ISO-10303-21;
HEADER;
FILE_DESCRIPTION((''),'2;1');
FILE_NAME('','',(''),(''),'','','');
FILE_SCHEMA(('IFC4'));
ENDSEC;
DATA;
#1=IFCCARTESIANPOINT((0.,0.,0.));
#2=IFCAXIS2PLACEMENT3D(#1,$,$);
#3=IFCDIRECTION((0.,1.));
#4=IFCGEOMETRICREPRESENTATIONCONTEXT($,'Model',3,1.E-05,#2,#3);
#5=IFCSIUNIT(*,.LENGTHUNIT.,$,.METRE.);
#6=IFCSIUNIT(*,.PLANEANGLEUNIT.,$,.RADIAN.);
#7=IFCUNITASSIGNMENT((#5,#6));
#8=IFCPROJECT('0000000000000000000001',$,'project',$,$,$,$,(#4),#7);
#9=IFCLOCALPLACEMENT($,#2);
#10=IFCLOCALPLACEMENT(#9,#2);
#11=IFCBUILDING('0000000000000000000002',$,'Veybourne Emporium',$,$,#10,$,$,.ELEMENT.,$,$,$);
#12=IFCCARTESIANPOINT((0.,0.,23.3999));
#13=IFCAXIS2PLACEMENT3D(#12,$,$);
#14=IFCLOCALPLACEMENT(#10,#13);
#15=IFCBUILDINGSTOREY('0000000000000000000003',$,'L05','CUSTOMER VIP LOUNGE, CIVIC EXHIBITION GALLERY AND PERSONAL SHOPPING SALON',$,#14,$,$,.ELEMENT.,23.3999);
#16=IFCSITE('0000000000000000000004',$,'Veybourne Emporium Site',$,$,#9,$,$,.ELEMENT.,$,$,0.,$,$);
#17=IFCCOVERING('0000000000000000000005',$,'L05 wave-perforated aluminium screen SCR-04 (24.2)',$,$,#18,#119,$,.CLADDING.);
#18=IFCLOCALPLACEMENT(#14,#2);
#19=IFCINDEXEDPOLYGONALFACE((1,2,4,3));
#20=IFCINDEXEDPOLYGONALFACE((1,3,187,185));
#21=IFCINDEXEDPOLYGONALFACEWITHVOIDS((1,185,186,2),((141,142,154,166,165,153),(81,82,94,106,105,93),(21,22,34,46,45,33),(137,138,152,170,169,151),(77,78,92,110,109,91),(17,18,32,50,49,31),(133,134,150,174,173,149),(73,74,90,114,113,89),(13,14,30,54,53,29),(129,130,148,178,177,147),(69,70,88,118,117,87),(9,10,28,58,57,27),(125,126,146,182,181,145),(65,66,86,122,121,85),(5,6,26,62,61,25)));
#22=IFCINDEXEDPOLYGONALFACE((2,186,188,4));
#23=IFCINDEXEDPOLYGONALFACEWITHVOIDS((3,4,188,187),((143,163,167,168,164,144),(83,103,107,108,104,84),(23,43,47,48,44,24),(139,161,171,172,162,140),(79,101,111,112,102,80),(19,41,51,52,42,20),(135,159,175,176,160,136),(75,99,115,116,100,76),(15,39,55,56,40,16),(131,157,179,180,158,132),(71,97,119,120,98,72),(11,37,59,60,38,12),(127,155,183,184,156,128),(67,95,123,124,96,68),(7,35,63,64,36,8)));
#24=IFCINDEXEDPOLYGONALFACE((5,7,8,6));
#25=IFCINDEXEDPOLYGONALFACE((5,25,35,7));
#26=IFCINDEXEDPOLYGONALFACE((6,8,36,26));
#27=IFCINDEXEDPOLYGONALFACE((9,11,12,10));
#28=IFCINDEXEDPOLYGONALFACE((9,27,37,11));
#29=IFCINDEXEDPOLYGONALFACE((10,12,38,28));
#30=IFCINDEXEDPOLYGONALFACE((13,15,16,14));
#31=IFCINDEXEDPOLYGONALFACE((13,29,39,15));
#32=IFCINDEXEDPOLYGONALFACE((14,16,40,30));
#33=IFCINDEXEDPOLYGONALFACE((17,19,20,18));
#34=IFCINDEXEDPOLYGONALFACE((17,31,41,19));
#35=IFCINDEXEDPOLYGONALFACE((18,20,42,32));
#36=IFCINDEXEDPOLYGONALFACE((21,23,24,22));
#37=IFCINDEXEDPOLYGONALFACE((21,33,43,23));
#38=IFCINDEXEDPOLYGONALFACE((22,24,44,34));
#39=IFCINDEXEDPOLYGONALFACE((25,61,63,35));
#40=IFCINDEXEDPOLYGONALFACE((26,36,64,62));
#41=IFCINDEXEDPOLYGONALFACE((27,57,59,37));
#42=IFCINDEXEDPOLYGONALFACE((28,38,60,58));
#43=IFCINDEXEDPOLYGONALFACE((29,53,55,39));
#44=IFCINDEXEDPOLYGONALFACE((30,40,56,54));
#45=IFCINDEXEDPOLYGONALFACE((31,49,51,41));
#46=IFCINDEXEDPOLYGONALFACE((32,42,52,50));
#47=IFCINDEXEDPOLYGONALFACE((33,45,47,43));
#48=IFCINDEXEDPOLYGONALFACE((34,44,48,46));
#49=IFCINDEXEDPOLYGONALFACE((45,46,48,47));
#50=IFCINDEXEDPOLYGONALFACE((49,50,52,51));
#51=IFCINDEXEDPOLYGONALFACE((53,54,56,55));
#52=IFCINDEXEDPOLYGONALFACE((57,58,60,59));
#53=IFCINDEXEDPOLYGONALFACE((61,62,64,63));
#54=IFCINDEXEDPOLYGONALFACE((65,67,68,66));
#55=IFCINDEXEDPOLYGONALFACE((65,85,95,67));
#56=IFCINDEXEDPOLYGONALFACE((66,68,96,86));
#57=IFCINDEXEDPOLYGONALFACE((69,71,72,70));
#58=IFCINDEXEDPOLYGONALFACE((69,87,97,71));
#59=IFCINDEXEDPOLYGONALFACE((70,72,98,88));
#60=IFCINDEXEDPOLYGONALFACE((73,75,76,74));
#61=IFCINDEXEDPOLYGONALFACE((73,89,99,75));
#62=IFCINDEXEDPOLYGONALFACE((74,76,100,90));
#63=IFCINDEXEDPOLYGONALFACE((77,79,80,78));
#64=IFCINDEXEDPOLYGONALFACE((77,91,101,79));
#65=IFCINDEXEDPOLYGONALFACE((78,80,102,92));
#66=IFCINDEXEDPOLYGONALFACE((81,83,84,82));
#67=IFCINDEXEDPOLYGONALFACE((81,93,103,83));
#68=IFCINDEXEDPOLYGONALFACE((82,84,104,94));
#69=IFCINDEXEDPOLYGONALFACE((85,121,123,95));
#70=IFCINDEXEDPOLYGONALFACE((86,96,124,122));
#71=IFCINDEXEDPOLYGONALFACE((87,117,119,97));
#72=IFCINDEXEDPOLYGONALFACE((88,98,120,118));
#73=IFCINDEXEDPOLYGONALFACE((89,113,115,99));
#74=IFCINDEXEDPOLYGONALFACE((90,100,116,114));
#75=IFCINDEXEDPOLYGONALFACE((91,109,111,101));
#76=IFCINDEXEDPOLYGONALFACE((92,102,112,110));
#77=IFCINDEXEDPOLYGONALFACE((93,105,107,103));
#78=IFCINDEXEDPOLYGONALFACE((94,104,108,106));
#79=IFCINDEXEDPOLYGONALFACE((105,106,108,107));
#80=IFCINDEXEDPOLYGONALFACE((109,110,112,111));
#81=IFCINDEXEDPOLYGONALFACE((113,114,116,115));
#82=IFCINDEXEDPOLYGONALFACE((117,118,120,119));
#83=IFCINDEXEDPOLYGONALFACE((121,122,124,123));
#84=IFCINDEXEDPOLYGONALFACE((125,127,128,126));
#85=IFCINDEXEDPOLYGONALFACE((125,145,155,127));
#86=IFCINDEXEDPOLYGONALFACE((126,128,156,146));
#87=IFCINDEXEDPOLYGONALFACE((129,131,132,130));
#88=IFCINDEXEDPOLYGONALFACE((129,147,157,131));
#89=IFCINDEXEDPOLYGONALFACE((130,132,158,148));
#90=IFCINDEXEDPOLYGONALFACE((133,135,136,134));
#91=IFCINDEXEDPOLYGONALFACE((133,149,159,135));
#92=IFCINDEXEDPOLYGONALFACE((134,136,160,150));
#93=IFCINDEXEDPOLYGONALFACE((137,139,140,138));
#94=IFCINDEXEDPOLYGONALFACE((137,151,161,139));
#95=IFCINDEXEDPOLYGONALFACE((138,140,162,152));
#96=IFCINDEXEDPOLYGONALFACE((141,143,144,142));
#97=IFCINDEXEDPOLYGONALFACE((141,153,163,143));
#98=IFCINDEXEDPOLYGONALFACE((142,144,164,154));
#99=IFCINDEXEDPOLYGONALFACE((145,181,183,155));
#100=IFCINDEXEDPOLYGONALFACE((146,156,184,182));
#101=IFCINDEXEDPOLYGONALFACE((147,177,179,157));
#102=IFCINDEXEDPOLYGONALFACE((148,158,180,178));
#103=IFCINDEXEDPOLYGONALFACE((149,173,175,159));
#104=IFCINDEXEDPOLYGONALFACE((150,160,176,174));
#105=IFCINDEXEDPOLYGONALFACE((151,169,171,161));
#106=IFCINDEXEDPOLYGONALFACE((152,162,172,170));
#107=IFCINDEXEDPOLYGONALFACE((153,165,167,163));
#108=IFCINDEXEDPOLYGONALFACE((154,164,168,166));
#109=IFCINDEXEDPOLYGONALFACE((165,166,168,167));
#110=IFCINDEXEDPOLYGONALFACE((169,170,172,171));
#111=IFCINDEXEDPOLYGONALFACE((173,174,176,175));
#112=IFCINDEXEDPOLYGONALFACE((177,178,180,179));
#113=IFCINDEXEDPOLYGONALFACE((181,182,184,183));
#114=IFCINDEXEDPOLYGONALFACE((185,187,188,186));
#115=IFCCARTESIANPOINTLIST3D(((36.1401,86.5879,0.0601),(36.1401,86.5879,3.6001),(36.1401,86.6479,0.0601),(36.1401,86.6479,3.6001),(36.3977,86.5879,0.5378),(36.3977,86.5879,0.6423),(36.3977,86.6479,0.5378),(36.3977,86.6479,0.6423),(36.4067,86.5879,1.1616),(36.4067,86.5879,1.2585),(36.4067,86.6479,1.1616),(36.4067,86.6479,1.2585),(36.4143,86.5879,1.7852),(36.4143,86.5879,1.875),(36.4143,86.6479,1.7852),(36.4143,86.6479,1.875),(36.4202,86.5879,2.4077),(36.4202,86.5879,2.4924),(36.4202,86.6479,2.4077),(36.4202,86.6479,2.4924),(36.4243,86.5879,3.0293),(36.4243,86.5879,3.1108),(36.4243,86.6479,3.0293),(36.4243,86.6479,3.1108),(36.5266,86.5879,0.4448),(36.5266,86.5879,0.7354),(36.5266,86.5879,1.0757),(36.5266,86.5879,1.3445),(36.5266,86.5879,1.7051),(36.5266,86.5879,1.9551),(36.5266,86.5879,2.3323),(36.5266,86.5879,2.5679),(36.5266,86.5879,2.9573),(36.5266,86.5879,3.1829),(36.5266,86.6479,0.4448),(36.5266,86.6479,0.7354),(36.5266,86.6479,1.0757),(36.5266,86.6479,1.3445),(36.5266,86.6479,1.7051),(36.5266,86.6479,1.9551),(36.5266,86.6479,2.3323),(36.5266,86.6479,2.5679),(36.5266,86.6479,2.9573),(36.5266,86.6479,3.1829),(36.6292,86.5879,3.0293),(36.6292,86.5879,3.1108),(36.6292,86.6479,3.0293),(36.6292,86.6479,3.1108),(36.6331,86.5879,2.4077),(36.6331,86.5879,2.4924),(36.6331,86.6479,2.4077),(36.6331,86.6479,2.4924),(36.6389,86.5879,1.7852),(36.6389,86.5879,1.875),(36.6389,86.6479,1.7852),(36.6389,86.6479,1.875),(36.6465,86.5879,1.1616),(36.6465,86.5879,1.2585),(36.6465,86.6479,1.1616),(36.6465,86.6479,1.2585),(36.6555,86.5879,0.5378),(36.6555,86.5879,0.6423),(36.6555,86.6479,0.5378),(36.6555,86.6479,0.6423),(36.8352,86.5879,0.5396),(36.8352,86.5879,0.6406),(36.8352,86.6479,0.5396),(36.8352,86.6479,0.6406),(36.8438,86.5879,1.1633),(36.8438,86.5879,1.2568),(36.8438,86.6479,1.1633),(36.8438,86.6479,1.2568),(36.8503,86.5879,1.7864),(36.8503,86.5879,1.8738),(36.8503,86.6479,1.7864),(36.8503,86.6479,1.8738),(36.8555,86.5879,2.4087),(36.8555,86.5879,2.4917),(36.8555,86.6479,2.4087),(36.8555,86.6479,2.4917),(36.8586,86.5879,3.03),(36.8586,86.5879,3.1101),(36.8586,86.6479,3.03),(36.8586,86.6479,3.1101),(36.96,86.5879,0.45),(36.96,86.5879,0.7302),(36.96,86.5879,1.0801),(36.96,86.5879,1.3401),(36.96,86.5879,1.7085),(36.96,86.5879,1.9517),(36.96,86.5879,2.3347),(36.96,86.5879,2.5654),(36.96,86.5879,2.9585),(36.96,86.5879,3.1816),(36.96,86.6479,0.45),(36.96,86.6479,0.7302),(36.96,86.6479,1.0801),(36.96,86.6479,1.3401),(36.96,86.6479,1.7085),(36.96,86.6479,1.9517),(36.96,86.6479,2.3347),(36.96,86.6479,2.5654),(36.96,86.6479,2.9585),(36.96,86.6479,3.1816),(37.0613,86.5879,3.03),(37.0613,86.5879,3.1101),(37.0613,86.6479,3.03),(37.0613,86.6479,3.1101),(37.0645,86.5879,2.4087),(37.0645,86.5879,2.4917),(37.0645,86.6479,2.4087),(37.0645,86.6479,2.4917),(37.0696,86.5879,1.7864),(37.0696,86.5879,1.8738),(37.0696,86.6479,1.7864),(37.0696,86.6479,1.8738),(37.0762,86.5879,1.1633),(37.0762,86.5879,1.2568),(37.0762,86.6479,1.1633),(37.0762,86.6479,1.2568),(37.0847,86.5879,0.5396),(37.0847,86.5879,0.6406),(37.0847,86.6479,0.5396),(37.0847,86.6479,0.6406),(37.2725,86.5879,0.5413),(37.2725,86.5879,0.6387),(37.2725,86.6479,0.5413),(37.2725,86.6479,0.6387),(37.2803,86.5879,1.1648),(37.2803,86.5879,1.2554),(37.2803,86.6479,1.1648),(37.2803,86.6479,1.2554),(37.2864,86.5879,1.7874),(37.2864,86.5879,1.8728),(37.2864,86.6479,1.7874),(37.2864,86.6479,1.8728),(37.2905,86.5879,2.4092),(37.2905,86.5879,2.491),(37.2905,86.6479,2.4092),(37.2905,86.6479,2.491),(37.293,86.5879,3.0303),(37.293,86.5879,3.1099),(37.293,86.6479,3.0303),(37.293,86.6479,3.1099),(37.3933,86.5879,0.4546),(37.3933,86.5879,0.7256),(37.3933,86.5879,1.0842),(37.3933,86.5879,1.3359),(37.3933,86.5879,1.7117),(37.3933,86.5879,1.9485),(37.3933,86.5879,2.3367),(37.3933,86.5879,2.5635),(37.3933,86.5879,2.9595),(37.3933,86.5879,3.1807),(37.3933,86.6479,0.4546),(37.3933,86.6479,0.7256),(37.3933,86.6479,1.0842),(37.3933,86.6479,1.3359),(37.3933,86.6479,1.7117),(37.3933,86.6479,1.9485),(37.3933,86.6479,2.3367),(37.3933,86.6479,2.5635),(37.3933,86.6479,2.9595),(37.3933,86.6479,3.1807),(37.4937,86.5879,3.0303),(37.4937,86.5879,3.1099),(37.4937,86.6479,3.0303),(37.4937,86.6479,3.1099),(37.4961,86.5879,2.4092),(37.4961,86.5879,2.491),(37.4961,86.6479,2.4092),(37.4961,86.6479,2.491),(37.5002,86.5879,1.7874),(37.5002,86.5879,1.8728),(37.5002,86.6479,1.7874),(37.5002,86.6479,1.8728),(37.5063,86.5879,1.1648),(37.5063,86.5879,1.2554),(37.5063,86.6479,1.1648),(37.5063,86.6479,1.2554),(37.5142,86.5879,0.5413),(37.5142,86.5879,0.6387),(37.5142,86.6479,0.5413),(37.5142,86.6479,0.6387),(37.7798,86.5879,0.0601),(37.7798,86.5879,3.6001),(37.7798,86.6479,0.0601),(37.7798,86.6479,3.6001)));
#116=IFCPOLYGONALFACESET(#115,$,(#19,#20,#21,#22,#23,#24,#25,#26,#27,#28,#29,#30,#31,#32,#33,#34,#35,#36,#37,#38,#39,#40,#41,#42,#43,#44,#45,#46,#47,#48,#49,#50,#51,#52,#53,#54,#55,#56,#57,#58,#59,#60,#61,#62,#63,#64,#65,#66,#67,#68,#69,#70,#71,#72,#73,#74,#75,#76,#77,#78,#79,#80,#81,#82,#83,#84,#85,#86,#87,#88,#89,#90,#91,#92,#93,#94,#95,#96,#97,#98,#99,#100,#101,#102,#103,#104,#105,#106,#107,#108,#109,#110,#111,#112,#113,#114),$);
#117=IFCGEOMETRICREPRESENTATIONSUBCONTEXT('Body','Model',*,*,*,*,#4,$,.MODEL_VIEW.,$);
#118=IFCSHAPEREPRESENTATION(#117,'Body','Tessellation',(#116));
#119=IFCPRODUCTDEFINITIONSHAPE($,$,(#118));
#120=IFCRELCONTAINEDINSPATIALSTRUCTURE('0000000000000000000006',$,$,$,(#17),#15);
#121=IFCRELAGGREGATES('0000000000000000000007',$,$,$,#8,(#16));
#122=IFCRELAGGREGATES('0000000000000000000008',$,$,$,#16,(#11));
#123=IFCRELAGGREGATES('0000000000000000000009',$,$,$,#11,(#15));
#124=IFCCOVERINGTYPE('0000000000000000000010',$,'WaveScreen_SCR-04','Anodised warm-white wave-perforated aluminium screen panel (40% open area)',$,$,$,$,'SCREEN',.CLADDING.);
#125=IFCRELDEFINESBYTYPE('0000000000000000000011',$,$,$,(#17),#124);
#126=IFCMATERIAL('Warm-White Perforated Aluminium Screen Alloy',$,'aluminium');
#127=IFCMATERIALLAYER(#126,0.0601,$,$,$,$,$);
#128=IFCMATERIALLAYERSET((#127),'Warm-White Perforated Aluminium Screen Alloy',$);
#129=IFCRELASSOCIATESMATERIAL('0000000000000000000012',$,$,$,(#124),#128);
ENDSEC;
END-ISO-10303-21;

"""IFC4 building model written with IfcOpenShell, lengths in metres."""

from ifc_helpers import new_model, si_unit, direction, frame, origin, place, context, subcontext, project, spatial, polyline, outline, extrude, material, layer, layer_set, type_object, element, save


model = new_model("IFC4")

# Units and contexts
model_context = context("Model", 3, precision=1e-05, world=origin(), true_north=direction((0.0, 1.0)))
body_context = subcontext(model_context, "Body", "Model", "MODEL_VIEW")
ifc_project = project(units=[si_unit("LENGTHUNIT", "METRE"), si_unit("PLANEANGLEUNIT", "RADIAN")], contexts=[model_context])

# Site, building, storey
site_placement = place(None, origin())
site = spatial("IfcSite", under=ifc_project, at=site_placement, Name="Veybourne Emporium Site", CompositionType="ELEMENT", RefElevation=0.0)
building_placement = place(site_placement, origin())
building = spatial("IfcBuilding", under=site, at=building_placement, Name="Veybourne Emporium", CompositionType="ELEMENT")
storey_placement = place(building_placement, frame((0.0, 0.0, 23.3999)))
storey = spatial("IfcBuildingStorey", under=building, at=storey_placement, Name="L05", Description="CUSTOMER VIP LOUNGE, CIVIC EXHIBITION GALLERY AND PERSONAL SHOPPING SALON", CompositionType="ELEMENT", Elevation=23.3999)

# Covering
ifc_material_1 = material(Name="Warm-White Perforated Aluminium Screen Alloy", Category="aluminium")
ifc_layer_1 = layer(ifc_material_1, 0.0601)
ifc_layer_set_1 = layer_set([ifc_layer_1], Name="Warm-White Perforated Aluminium Screen Alloy")
covering_type_1 = type_object("IfcCoveringType", Name="WaveScreen_SCR-04", Description="Anodised warm-white wave-perforated aluminium screen panel (40% open area)", ElementType="SCREEN", PredefinedType="CLADDING", material=ifc_layer_set_1)
covering_1_placement = place(storey_placement, frame((36.96, 86.6479, 1.8301), z_axis=(0.0, -1.0, 0.0), x_axis=(1.0, 0.0, 0.0)))
element("IfcCovering", 1, at=covering_1_placement, inside=storey, type_object=covering_type_1, Name="L05 wave-perforated aluminium screen SCR-04 (24.2)", PredefinedType="CLADDING", context=body_context, shape_type="SweptSolid", body=[
    extrude(outline(polyline([(-0.8198, -1.77), (0.8198, -1.77), (0.8198, 1.77), (-0.8198, 1.77), (-0.8198, -1.77)]), holes=[polyline([(-0.4333, -1.0947), (-0.3044, -1.1877), (-0.3044, -1.2922), (-0.4333, -1.3853), (-0.5623, -1.2922), (-0.5623, -1.1877), (-0.4333, -1.0947)]), polyline([(-0.4333, -0.4856), (-0.3135, -0.5715), (-0.3135, -0.6685), (-0.4333, -0.7544), (-0.5532, -0.6685), (-0.5532, -0.5715), (-0.4333, -0.4856)]), polyline([(-0.4333, 0.125), (-0.321, 0.0449), (-0.321, -0.0449), (-0.4333, -0.125), (-0.5457, -0.0449), (-0.5457, 0.0449), (-0.4333, 0.125)]), polyline([(-0.4333, 0.7378), (-0.3269, 0.6624), (-0.3269, 0.5776), (-0.4333, 0.5022), (-0.5398, 0.5776), (-0.5398, 0.6624), (-0.4333, 0.7378)]), polyline([(-0.4333, 1.3528), (-0.3308, 1.2808), (-0.3308, 1.1992), (-0.4333, 1.1272), (-0.5356, 1.1992), (-0.5356, 1.2808), (-0.4333, 1.3528)]), polyline([(0.0, -1.0999), (0.1248, -1.1895), (0.1248, -1.2905), (0.0, -1.3801), (-0.1248, -1.2905), (-0.1248, -1.1895), (0.0, -1.0999)]), polyline([(0.0, -0.49), (0.1162, -0.5732), (0.1162, -0.6667), (0.0, -0.75), (-0.1162, -0.6667), (-0.1162, -0.5732), (0.0, -0.49)]), polyline([(0.0, 0.1216), (0.1096, 0.0437), (0.1096, -0.0437), (0.0, -0.1216), (-0.1096, -0.0437), (-0.1096, 0.0437), (0.0, 0.1216)]), polyline([(0.0, 0.7354), (0.1045, 0.6616), (0.1045, 0.5786), (0.0, 0.5046), (-0.1045, 0.5786), (-0.1045, 0.6616), (0.0, 0.7354)]), polyline([(0.0, 1.3516), (0.1013, 1.28), (0.1013, 1.2), (0.0, 1.1284), (-0.1013, 1.2), (-0.1013, 1.28), (0.0, 1.3516)]), polyline([(0.4333, -1.1045), (0.5542, -1.1914), (0.5542, -1.2888), (0.4333, -1.3755), (0.3125, -1.2888), (0.3125, -1.1914), (0.4333, -1.1045)]), polyline([(0.4333, -0.4941), (0.5464, -0.5747), (0.5464, -0.6653), (0.4333, -0.7458), (0.3203, -0.6653), (0.3203, -0.5747), (0.4333, -0.4941)]), polyline([(0.4333, 0.1184), (0.5403, 0.0427), (0.5403, -0.0427), (0.4333, -0.1184), (0.3264, -0.0427), (0.3264, 0.0427), (0.4333, 0.1184)]), polyline([(0.4333, 0.7334), (0.5361, 0.6609), (0.5361, 0.5791), (0.4333, 0.5066), (0.3306, 0.5791), (0.3306, 0.6609), (0.4333, 0.7334)]), polyline([(0.4333, 1.3506), (0.5337, 1.2798), (0.5337, 1.2002), (0.4333, 1.1294), (0.333, 1.2002), (0.333, 1.2798), (0.4333, 1.3506)])]), origin(), (0.0, 0.0, 1.0), 0.0601),
])

save(model, "model.ifc")
